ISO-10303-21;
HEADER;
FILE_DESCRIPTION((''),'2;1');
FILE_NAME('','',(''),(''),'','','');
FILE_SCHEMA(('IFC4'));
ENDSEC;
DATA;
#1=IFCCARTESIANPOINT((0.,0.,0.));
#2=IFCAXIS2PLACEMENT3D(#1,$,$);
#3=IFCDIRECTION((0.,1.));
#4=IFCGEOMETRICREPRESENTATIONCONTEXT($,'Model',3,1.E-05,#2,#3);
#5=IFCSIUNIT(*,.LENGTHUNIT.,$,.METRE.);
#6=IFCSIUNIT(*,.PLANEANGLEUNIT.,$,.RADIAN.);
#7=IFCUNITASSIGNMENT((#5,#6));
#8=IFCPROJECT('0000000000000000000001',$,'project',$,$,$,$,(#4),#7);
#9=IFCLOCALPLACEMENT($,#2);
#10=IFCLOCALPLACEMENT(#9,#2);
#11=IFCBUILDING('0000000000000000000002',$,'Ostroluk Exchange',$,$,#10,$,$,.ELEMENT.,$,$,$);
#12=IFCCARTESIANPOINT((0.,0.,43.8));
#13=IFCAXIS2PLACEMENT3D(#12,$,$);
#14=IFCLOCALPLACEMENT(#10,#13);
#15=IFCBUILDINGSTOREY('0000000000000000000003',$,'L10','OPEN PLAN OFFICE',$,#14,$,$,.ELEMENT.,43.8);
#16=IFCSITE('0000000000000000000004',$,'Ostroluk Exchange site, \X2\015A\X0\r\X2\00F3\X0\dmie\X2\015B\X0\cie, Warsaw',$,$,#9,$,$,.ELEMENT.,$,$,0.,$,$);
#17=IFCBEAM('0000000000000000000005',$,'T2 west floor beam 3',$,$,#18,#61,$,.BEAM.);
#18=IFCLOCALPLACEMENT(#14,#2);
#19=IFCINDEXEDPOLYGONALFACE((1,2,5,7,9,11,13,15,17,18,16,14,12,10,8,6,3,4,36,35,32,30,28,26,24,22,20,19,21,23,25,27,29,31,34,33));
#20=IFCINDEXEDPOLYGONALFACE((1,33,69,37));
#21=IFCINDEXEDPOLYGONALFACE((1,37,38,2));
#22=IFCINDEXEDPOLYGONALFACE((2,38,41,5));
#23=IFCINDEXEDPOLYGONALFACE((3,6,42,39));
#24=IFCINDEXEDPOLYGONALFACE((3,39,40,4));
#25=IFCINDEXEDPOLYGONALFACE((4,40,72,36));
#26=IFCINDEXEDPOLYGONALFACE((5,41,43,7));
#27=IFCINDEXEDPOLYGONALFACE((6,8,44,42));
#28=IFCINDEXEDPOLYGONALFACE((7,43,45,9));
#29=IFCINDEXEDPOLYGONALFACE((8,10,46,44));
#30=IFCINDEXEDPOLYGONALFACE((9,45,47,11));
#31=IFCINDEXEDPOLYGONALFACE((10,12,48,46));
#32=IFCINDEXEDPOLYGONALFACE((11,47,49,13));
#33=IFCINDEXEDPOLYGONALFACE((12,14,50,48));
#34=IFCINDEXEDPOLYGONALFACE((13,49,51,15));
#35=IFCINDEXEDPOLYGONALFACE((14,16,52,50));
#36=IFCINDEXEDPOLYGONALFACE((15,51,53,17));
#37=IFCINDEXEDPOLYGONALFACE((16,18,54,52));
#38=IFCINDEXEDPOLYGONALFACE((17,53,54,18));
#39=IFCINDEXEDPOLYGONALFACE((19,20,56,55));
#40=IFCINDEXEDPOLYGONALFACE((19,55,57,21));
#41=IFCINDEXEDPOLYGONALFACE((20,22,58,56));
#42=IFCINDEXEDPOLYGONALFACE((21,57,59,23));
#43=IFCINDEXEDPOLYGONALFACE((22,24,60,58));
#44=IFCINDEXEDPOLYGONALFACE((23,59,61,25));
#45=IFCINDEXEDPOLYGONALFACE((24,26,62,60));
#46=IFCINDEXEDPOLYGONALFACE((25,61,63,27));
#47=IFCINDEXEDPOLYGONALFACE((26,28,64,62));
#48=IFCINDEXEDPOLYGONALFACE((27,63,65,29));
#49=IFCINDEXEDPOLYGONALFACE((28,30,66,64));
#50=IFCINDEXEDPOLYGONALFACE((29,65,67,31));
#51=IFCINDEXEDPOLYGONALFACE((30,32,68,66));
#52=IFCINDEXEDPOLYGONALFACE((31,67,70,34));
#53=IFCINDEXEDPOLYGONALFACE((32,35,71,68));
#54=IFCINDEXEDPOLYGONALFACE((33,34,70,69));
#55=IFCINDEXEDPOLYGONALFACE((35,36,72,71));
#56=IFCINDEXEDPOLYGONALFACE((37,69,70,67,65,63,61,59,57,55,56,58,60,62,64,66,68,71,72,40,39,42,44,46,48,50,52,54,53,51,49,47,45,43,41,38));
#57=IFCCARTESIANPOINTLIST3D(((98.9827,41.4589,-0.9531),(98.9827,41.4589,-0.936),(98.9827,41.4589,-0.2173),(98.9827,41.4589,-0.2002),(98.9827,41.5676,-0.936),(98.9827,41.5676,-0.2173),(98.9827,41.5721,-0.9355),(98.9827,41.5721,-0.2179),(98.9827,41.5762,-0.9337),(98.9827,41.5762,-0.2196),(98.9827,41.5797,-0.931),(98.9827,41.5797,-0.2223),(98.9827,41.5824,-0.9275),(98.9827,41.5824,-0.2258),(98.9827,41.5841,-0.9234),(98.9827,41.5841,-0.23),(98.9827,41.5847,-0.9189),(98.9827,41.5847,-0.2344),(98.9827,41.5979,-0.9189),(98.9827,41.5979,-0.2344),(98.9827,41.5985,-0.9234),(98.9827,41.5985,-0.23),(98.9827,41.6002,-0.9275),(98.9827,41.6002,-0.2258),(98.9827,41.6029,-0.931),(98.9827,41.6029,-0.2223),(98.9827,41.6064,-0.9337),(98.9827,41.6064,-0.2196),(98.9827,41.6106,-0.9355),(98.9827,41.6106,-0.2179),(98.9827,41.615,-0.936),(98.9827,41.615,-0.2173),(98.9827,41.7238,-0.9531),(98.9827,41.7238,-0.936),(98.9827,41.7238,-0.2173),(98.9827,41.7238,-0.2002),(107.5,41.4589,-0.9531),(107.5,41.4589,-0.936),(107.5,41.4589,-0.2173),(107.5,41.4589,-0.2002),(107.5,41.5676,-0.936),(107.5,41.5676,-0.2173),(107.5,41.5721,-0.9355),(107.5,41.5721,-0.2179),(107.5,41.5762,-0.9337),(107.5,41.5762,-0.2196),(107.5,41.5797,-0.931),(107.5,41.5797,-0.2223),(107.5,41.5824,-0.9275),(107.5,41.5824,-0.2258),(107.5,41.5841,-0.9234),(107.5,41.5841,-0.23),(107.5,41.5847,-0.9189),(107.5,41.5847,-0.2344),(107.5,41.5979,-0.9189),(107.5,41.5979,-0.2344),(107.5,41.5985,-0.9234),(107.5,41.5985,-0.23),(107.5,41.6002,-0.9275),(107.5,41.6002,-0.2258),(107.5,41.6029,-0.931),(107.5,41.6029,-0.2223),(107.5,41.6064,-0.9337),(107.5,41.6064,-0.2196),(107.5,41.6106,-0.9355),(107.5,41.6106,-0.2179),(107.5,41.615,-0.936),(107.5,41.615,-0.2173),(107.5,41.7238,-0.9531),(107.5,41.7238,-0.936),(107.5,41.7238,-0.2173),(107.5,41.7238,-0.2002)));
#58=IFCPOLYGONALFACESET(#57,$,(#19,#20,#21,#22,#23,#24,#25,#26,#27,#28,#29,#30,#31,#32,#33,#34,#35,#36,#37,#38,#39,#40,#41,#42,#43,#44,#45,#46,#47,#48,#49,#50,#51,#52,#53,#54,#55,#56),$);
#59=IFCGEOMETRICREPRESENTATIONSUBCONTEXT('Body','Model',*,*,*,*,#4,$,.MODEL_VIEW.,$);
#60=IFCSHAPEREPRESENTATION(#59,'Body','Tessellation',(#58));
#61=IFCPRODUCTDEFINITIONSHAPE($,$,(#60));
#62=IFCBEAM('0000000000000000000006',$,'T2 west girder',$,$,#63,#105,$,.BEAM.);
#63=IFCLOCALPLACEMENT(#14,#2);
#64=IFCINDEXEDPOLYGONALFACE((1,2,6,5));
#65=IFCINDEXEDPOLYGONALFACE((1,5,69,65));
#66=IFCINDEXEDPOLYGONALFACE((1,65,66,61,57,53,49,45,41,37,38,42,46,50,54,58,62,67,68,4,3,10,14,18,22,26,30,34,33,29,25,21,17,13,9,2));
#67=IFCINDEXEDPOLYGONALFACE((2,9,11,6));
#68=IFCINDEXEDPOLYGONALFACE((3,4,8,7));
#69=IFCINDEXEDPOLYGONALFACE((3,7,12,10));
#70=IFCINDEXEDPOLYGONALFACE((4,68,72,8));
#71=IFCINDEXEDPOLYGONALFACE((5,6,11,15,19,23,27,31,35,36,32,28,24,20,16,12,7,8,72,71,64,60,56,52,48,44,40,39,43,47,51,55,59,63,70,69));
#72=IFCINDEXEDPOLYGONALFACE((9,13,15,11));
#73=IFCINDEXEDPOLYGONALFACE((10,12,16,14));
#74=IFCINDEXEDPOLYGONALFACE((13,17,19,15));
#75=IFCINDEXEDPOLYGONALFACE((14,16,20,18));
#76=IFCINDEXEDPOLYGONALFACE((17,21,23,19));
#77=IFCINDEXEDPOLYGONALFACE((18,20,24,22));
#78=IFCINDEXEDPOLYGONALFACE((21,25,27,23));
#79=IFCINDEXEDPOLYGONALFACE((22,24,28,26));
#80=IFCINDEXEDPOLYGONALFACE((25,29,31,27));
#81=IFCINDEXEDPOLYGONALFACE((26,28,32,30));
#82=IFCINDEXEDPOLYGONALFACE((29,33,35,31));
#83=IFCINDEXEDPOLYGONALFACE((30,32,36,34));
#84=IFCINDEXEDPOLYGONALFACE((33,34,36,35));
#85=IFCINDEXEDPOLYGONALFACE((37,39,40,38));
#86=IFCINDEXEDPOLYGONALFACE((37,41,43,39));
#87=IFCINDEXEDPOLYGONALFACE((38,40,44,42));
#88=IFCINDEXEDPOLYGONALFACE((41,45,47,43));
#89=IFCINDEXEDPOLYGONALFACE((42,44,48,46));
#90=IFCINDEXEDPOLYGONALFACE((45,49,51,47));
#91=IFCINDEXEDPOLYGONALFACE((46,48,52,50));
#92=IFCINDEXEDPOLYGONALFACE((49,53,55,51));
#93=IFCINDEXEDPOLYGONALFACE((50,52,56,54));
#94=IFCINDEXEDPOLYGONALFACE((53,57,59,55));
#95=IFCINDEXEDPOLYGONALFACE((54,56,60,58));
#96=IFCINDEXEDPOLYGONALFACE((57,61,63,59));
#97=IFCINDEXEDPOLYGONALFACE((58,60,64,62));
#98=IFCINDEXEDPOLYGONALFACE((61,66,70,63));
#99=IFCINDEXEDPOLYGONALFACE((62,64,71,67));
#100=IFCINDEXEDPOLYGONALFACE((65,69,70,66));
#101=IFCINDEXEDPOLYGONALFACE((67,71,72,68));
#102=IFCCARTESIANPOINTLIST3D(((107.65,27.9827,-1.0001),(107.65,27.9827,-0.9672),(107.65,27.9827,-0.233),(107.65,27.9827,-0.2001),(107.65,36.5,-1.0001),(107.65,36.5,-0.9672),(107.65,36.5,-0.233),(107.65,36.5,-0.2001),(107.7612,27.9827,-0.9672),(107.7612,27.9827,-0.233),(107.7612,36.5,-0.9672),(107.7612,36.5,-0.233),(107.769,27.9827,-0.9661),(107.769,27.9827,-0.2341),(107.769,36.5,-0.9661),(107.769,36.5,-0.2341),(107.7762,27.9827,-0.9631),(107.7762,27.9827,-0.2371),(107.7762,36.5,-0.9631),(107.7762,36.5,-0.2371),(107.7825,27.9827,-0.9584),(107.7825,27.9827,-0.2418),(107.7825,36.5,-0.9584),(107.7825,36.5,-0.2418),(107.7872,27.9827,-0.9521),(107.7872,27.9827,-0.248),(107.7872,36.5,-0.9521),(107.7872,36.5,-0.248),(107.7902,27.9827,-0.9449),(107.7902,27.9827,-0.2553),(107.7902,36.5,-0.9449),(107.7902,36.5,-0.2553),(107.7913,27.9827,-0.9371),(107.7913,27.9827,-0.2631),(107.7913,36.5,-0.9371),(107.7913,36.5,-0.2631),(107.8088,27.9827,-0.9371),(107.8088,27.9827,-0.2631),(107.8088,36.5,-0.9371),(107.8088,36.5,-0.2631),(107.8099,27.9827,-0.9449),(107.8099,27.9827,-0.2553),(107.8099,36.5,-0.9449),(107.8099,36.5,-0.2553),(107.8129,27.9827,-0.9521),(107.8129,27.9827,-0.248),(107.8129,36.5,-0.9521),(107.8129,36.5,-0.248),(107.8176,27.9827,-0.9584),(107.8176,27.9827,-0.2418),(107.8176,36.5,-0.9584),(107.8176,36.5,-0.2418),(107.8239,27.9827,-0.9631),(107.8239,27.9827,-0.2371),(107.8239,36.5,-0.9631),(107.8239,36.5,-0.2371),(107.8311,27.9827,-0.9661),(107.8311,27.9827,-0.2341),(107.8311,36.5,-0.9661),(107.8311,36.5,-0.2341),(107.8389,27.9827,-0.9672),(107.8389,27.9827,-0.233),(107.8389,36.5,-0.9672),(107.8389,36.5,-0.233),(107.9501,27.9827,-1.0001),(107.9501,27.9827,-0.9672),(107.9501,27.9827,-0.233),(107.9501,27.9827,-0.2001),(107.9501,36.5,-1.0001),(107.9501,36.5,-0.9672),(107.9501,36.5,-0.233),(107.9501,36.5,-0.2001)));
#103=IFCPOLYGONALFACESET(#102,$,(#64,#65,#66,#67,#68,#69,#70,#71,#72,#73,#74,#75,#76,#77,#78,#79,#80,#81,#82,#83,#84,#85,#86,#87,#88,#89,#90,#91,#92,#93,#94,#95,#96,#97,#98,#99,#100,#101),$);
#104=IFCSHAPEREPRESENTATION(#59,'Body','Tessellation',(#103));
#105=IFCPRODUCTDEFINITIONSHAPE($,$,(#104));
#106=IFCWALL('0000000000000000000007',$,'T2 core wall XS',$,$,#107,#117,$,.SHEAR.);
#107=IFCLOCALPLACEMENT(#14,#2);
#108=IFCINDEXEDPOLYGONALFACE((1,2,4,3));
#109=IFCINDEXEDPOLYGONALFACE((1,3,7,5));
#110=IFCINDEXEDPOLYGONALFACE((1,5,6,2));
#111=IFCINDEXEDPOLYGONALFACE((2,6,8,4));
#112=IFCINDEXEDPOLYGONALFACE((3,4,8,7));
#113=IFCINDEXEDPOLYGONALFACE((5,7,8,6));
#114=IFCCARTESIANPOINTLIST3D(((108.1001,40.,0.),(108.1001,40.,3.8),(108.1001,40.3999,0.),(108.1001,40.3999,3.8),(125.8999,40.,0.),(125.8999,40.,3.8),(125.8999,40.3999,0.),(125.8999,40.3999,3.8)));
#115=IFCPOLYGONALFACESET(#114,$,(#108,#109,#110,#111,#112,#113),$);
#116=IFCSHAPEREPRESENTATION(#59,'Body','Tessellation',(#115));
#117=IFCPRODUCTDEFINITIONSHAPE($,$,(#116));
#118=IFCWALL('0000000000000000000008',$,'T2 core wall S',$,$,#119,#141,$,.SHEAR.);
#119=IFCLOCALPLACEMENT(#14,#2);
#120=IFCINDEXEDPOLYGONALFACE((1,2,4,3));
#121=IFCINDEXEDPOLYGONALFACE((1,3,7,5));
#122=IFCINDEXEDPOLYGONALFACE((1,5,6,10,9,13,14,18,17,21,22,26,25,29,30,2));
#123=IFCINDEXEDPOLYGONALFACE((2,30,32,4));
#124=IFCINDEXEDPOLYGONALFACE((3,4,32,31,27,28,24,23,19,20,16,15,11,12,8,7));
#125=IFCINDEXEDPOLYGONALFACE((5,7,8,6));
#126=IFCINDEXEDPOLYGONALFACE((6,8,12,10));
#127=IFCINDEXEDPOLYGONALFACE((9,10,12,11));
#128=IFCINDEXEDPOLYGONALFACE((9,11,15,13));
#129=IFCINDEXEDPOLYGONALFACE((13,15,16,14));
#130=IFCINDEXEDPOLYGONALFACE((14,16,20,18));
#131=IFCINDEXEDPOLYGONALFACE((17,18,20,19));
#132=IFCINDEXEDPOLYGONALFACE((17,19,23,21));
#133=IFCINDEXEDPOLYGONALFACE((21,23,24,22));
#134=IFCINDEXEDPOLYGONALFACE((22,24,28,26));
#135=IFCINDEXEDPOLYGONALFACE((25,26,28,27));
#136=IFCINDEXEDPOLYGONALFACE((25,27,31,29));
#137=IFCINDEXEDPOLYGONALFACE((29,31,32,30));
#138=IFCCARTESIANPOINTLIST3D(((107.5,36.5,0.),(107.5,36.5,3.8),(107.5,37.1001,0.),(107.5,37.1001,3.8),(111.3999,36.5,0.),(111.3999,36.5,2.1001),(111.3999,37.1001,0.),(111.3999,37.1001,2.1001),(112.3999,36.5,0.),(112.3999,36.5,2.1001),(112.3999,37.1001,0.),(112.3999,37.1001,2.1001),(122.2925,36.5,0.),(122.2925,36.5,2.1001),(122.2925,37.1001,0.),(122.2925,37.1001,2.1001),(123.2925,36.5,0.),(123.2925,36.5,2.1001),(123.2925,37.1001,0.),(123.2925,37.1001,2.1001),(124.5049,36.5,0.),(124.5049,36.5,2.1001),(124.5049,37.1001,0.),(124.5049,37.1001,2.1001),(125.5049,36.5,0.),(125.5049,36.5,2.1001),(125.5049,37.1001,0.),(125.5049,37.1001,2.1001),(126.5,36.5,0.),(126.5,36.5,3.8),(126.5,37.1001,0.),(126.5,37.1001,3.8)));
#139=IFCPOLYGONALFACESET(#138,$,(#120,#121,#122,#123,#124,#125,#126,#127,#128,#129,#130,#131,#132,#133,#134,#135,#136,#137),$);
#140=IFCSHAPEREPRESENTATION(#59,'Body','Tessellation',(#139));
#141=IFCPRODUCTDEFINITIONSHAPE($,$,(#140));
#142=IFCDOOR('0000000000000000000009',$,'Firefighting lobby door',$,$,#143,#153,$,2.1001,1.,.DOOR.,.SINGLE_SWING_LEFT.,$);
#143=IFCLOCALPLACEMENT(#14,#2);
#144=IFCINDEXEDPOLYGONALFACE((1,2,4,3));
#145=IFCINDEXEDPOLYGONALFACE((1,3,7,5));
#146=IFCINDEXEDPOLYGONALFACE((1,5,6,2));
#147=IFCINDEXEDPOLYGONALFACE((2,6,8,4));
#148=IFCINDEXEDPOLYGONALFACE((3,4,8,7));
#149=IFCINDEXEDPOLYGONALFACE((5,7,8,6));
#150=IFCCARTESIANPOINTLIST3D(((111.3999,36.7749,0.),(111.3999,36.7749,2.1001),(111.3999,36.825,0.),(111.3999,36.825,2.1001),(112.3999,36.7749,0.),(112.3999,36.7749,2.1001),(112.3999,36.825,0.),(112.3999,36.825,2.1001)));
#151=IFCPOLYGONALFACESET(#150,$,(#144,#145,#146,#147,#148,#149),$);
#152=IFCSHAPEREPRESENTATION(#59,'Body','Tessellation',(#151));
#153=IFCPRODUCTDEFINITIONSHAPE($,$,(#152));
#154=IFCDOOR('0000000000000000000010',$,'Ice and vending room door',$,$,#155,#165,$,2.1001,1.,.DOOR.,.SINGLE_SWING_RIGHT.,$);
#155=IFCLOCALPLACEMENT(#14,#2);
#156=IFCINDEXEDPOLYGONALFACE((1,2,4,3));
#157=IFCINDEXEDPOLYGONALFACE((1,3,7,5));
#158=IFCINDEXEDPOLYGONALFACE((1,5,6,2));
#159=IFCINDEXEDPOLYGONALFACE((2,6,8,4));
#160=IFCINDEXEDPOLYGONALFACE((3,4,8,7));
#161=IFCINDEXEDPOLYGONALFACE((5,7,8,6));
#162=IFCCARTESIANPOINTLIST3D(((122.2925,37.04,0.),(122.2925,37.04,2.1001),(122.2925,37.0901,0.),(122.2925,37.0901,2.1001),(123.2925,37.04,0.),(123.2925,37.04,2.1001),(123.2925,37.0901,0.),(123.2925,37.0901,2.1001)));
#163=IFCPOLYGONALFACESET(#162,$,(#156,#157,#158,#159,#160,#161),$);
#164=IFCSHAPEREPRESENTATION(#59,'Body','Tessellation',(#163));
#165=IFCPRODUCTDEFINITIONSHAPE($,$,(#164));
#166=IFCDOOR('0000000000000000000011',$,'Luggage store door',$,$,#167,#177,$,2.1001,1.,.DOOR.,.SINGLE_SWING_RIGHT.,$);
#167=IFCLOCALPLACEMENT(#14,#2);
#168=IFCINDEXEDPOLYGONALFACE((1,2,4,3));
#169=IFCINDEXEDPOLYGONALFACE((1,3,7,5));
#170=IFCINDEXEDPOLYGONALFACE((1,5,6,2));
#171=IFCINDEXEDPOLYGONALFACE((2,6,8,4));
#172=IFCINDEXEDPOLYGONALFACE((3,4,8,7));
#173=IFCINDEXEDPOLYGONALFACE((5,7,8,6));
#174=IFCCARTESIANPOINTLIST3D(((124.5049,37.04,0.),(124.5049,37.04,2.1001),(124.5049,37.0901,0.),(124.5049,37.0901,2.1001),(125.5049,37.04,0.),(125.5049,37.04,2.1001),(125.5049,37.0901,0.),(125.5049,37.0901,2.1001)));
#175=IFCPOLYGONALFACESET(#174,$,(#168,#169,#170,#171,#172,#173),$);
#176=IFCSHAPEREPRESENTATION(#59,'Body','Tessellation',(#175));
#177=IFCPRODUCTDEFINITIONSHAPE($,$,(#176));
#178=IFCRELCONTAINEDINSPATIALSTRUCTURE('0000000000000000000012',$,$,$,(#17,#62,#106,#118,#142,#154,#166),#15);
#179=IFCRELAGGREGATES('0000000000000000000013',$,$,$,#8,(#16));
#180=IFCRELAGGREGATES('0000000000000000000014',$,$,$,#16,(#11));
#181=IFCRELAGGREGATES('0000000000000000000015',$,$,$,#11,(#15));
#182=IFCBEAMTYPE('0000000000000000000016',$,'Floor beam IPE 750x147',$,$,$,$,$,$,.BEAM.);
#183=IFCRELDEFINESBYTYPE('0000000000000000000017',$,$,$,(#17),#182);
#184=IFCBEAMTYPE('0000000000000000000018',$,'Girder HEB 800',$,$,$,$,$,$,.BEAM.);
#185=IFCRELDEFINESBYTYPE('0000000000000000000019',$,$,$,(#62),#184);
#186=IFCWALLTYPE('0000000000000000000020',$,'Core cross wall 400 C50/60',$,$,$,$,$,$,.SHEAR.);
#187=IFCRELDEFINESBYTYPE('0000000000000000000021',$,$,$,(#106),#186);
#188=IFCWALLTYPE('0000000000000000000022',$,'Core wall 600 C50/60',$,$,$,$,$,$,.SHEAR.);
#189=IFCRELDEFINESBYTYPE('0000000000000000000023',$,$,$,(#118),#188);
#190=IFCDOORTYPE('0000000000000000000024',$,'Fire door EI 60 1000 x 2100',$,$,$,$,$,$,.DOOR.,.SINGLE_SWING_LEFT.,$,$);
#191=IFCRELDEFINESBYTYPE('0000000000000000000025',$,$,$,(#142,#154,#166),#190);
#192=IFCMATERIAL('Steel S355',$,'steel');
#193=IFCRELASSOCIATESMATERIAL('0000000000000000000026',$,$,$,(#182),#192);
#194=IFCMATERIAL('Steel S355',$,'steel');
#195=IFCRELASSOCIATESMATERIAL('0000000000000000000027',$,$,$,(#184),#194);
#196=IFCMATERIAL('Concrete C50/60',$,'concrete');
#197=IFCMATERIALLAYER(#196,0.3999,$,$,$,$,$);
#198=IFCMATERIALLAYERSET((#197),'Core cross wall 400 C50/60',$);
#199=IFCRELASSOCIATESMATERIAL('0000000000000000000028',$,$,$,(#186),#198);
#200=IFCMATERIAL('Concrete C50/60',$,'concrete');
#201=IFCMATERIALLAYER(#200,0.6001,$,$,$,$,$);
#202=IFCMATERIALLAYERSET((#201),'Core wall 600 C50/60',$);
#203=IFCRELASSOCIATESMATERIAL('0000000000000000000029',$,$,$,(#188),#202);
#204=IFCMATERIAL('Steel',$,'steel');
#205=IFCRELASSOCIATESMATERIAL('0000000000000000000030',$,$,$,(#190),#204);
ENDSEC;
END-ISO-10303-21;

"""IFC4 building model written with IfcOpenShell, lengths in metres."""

from ifc_helpers import new_model, si_unit, direction, frame, frame_2d, origin, origin_2d, place, context, subcontext, project, spatial, rectangle, i_section, extrude, material, layer, layer_set, material_profile, profile_set, type_object, element, fill, save


model = new_model("IFC4")

# Units and contexts
model_context = context("Model", 3, precision=1e-05, world=origin(), true_north=direction((0.0, 1.0)))
body_context = subcontext(model_context, "Body", "Model", "MODEL_VIEW")
ifc_project = project(units=[si_unit("LENGTHUNIT", "METRE"), si_unit("PLANEANGLEUNIT", "RADIAN")], contexts=[model_context])

# Site, building, storey
site_placement = place(None, origin())
site = spatial("IfcSite", under=ifc_project, at=site_placement, Name="Ostroluk Exchange site, Śródmieście, Warsaw", CompositionType="ELEMENT", RefElevation=0.0)
building_placement = place(site_placement, origin())
building = spatial("IfcBuilding", under=site, at=building_placement, Name="Ostroluk Exchange", CompositionType="ELEMENT")
storey_placement = place(building_placement, frame((0.0, 0.0, 43.8)))
storey = spatial("IfcBuildingStorey", under=building, at=storey_placement, Name="L10", Description="OPEN PLAN OFFICE", CompositionType="ELEMENT", Elevation=43.8)

# Beams
ifc_material_1 = material(Name="Steel S355", Category="steel")
ifc_material_profile_1 = material_profile(ifc_material_1, i_section(OverallWidth=0.2649, OverallDepth=0.7529, WebThickness=0.0132, FlangeThickness=0.0171, FilletRadius=0.0171, at=origin_2d()), Name="IPE 750x147")
ifc_profile_set_1 = profile_set([ifc_material_profile_1], Name="Steel S355")
beam_type_1 = type_object("IfcBeamType", Name="Floor beam IPE 750x147", PredefinedType="BEAM", material=ifc_profile_set_1)
beam_1_placement = place(storey_placement, frame((107.5, 41.5913, -0.5767), z_axis=(-1.0, 0.0, 0.0), x_axis=(0.0, -1.0, 0.0)))
element("IfcBeam", 1, at=beam_1_placement, inside=storey, type_object=beam_type_1, Name="T2 west floor beam 3", PredefinedType="BEAM", context=body_context, shape_type="SweptSolid", body=[
    extrude(i_section(OverallWidth=0.2649, OverallDepth=0.7529, WebThickness=0.0132, FlangeThickness=0.0171, FilletRadius=0.0171, at=origin_2d()), origin(), (0.0, 0.0, 1.0), 8.5173),
])
ifc_material_2 = material(Name="Steel S355", Category="steel")
ifc_material_profile_2 = material_profile(ifc_material_2, i_section(OverallWidth=0.3, OverallDepth=0.8, WebThickness=0.0176, FlangeThickness=0.033, FilletRadius=0.03, at=origin_2d()), Name="HEB 800")
ifc_profile_set_2 = profile_set([ifc_material_profile_2], Name="Steel S355")
beam_type_2 = type_object("IfcBeamType", Name="Girder HEB 800", PredefinedType="BEAM", material=ifc_profile_set_2)
beam_2_placement = place(storey_placement, frame((107.8, 36.5, -0.6001), z_axis=(0.0, -1.0, 0.0), x_axis=(1.0, 0.0, 0.0)))
element("IfcBeam", 2, at=beam_2_placement, inside=storey, type_object=beam_type_2, Name="T2 west girder", PredefinedType="BEAM", context=body_context, shape_type="SweptSolid", body=[
    extrude(i_section(OverallWidth=0.3, OverallDepth=0.8, WebThickness=0.0176, FlangeThickness=0.033, FilletRadius=0.03, at=origin_2d()), origin(), (0.0, 0.0, 1.0), 8.5173),
])

# Wall
ifc_material_3 = material(Name="Concrete C50/60", Category="concrete")
ifc_layer_1 = layer(ifc_material_3, 0.3999)
ifc_layer_set_1 = layer_set([ifc_layer_1], Name="Core cross wall 400 C50/60")
wall_type_1 = type_object("IfcWallType", Name="Core cross wall 400 C50/60", PredefinedType="SHEAR", material=ifc_layer_set_1)
wall_1_placement = place(storey_placement, frame((108.1001, 40.2, 0.0), z_axis=(0.0, 0.0, 1.0), x_axis=(1.0, 0.0, 0.0)))
element("IfcWall", 3, at=wall_1_placement, inside=storey, type_object=wall_type_1, Name="T2 core wall XS", PredefinedType="SHEAR", context=body_context, shape_type="SweptSolid", body=[
    extrude(rectangle(XDim=17.7998, YDim=0.3999, at=frame_2d((8.8999, 0.0))), origin(), (0.0, 0.0, 1.0), 3.8),
])

# Wall, openings, doors
ifc_material_4 = material(Name="Concrete C50/60", Category="concrete")
ifc_layer_2 = layer(ifc_material_4, 0.6001)
ifc_layer_set_2 = layer_set([ifc_layer_2], Name="Core wall 600 C50/60")
wall_type_2 = type_object("IfcWallType", Name="Core wall 600 C50/60", PredefinedType="SHEAR", material=ifc_layer_set_2)
wall_2_placement = place(storey_placement, frame((107.5, 36.8, 0.0), z_axis=(0.0, 0.0, 1.0), x_axis=(1.0, 0.0, 0.0)))
wall_2 = element("IfcWall", 4, at=wall_2_placement, inside=storey, type_object=wall_type_2, Name="T2 core wall S", PredefinedType="SHEAR", context=body_context, shape_type="SweptSolid", body=[
    extrude(rectangle(XDim=19.0, YDim=0.6001, at=frame_2d((9.5, 0.0))), origin(), (0.0, 0.0, 1.0), 3.8),
])
opening_1_placement = place(wall_2_placement, frame((3.8999, 0.0, 0.0)))
opening_1 = element("IfcOpeningElement", 5, at=opening_1_placement, cuts=wall_2, PredefinedType="OPENING", context=body_context, shape_type="SweptSolid", body=[
    extrude(rectangle(XDim=1.0, YDim=2.1001, at=frame_2d((0.5, 1.05))), frame((0.0, 0.3101, 0.0), z_axis=(0.0, -1.0, 0.0), x_axis=(1.0, 0.0, 0.0)), (0.0, 0.0, 1.0), 0.6201),
])
opening_2_placement = place(wall_2_placement, frame((14.7925, 0.0, 0.0)))
opening_2 = element("IfcOpeningElement", 6, at=opening_2_placement, cuts=wall_2, PredefinedType="OPENING", context=body_context, shape_type="SweptSolid", body=[
    extrude(rectangle(XDim=1.0, YDim=2.1001, at=frame_2d((0.5, 1.05))), frame((0.0, 0.3101, 0.0), z_axis=(0.0, -1.0, 0.0), x_axis=(1.0, 0.0, 0.0)), (0.0, 0.0, 1.0), 0.6201),
])
opening_3_placement = place(wall_2_placement, frame((17.0049, 0.0, 0.0)))
opening_3 = element("IfcOpeningElement", 7, at=opening_3_placement, cuts=wall_2, PredefinedType="OPENING", context=body_context, shape_type="SweptSolid", body=[
    extrude(rectangle(XDim=1.0, YDim=2.1001, at=frame_2d((0.5, 1.05))), frame((0.0, 0.3101, 0.0), z_axis=(0.0, -1.0, 0.0), x_axis=(1.0, 0.0, 0.0)), (0.0, 0.0, 1.0), 0.6201),
])
ifc_material_5 = material(Name="Steel", Category="steel")
door_type_1 = type_object("IfcDoorType", Name="Fire door EI 60 1000 x 2100", OperationType="SINGLE_SWING_LEFT", PredefinedType="DOOR", material=ifc_material_5)
door_1_placement = place(opening_1_placement, origin())
door_1 = element("IfcDoor", 8, at=door_1_placement, inside=storey, type_object=door_type_1, Name="Firefighting lobby door", OperationType="SINGLE_SWING_LEFT", OverallHeight=2.1001, OverallWidth=1.0, PredefinedType="DOOR", context=body_context, shape_type="SweptSolid", body=[
    extrude(rectangle(XDim=1.0, YDim=2.1001, at=frame_2d((0.5, 1.05))), frame((0.0, 0.0249, 0.0), z_axis=(0.0, -1.0, 0.0), x_axis=(1.0, 0.0, 0.0)), (0.0, 0.0, 1.0), 0.05),
])
fill(opening_1, door_1)
door_2_placement = place(opening_2_placement, origin())
door_2 = element("IfcDoor", 9, at=door_2_placement, inside=storey, type_object=door_type_1, Name="Ice and vending room door", OperationType="SINGLE_SWING_RIGHT", OverallHeight=2.1001, OverallWidth=1.0, PredefinedType="DOOR", context=body_context, shape_type="SweptSolid", body=[
    extrude(rectangle(XDim=1.0, YDim=2.1001, at=frame_2d((0.5, 1.05))), frame((0.0, 0.29, 0.0), z_axis=(0.0, -1.0, 0.0), x_axis=(1.0, 0.0, 0.0)), (0.0, 0.0, 1.0), 0.05),
])
fill(opening_2, door_2)
door_3_placement = place(opening_3_placement, origin())
door_3 = element("IfcDoor", 10, at=door_3_placement, inside=storey, type_object=door_type_1, Name="Luggage store door", OperationType="SINGLE_SWING_RIGHT", OverallHeight=2.1001, OverallWidth=1.0, PredefinedType="DOOR", context=body_context, shape_type="SweptSolid", body=[
    extrude(rectangle(XDim=1.0, YDim=2.1001, at=frame_2d((0.5, 1.05))), frame((0.0, 0.29, 0.0), z_axis=(0.0, -1.0, 0.0), x_axis=(1.0, 0.0, 0.0)), (0.0, 0.0, 1.0), 0.05),
])
fill(opening_3, door_3)

save(model, "model.ifc")
